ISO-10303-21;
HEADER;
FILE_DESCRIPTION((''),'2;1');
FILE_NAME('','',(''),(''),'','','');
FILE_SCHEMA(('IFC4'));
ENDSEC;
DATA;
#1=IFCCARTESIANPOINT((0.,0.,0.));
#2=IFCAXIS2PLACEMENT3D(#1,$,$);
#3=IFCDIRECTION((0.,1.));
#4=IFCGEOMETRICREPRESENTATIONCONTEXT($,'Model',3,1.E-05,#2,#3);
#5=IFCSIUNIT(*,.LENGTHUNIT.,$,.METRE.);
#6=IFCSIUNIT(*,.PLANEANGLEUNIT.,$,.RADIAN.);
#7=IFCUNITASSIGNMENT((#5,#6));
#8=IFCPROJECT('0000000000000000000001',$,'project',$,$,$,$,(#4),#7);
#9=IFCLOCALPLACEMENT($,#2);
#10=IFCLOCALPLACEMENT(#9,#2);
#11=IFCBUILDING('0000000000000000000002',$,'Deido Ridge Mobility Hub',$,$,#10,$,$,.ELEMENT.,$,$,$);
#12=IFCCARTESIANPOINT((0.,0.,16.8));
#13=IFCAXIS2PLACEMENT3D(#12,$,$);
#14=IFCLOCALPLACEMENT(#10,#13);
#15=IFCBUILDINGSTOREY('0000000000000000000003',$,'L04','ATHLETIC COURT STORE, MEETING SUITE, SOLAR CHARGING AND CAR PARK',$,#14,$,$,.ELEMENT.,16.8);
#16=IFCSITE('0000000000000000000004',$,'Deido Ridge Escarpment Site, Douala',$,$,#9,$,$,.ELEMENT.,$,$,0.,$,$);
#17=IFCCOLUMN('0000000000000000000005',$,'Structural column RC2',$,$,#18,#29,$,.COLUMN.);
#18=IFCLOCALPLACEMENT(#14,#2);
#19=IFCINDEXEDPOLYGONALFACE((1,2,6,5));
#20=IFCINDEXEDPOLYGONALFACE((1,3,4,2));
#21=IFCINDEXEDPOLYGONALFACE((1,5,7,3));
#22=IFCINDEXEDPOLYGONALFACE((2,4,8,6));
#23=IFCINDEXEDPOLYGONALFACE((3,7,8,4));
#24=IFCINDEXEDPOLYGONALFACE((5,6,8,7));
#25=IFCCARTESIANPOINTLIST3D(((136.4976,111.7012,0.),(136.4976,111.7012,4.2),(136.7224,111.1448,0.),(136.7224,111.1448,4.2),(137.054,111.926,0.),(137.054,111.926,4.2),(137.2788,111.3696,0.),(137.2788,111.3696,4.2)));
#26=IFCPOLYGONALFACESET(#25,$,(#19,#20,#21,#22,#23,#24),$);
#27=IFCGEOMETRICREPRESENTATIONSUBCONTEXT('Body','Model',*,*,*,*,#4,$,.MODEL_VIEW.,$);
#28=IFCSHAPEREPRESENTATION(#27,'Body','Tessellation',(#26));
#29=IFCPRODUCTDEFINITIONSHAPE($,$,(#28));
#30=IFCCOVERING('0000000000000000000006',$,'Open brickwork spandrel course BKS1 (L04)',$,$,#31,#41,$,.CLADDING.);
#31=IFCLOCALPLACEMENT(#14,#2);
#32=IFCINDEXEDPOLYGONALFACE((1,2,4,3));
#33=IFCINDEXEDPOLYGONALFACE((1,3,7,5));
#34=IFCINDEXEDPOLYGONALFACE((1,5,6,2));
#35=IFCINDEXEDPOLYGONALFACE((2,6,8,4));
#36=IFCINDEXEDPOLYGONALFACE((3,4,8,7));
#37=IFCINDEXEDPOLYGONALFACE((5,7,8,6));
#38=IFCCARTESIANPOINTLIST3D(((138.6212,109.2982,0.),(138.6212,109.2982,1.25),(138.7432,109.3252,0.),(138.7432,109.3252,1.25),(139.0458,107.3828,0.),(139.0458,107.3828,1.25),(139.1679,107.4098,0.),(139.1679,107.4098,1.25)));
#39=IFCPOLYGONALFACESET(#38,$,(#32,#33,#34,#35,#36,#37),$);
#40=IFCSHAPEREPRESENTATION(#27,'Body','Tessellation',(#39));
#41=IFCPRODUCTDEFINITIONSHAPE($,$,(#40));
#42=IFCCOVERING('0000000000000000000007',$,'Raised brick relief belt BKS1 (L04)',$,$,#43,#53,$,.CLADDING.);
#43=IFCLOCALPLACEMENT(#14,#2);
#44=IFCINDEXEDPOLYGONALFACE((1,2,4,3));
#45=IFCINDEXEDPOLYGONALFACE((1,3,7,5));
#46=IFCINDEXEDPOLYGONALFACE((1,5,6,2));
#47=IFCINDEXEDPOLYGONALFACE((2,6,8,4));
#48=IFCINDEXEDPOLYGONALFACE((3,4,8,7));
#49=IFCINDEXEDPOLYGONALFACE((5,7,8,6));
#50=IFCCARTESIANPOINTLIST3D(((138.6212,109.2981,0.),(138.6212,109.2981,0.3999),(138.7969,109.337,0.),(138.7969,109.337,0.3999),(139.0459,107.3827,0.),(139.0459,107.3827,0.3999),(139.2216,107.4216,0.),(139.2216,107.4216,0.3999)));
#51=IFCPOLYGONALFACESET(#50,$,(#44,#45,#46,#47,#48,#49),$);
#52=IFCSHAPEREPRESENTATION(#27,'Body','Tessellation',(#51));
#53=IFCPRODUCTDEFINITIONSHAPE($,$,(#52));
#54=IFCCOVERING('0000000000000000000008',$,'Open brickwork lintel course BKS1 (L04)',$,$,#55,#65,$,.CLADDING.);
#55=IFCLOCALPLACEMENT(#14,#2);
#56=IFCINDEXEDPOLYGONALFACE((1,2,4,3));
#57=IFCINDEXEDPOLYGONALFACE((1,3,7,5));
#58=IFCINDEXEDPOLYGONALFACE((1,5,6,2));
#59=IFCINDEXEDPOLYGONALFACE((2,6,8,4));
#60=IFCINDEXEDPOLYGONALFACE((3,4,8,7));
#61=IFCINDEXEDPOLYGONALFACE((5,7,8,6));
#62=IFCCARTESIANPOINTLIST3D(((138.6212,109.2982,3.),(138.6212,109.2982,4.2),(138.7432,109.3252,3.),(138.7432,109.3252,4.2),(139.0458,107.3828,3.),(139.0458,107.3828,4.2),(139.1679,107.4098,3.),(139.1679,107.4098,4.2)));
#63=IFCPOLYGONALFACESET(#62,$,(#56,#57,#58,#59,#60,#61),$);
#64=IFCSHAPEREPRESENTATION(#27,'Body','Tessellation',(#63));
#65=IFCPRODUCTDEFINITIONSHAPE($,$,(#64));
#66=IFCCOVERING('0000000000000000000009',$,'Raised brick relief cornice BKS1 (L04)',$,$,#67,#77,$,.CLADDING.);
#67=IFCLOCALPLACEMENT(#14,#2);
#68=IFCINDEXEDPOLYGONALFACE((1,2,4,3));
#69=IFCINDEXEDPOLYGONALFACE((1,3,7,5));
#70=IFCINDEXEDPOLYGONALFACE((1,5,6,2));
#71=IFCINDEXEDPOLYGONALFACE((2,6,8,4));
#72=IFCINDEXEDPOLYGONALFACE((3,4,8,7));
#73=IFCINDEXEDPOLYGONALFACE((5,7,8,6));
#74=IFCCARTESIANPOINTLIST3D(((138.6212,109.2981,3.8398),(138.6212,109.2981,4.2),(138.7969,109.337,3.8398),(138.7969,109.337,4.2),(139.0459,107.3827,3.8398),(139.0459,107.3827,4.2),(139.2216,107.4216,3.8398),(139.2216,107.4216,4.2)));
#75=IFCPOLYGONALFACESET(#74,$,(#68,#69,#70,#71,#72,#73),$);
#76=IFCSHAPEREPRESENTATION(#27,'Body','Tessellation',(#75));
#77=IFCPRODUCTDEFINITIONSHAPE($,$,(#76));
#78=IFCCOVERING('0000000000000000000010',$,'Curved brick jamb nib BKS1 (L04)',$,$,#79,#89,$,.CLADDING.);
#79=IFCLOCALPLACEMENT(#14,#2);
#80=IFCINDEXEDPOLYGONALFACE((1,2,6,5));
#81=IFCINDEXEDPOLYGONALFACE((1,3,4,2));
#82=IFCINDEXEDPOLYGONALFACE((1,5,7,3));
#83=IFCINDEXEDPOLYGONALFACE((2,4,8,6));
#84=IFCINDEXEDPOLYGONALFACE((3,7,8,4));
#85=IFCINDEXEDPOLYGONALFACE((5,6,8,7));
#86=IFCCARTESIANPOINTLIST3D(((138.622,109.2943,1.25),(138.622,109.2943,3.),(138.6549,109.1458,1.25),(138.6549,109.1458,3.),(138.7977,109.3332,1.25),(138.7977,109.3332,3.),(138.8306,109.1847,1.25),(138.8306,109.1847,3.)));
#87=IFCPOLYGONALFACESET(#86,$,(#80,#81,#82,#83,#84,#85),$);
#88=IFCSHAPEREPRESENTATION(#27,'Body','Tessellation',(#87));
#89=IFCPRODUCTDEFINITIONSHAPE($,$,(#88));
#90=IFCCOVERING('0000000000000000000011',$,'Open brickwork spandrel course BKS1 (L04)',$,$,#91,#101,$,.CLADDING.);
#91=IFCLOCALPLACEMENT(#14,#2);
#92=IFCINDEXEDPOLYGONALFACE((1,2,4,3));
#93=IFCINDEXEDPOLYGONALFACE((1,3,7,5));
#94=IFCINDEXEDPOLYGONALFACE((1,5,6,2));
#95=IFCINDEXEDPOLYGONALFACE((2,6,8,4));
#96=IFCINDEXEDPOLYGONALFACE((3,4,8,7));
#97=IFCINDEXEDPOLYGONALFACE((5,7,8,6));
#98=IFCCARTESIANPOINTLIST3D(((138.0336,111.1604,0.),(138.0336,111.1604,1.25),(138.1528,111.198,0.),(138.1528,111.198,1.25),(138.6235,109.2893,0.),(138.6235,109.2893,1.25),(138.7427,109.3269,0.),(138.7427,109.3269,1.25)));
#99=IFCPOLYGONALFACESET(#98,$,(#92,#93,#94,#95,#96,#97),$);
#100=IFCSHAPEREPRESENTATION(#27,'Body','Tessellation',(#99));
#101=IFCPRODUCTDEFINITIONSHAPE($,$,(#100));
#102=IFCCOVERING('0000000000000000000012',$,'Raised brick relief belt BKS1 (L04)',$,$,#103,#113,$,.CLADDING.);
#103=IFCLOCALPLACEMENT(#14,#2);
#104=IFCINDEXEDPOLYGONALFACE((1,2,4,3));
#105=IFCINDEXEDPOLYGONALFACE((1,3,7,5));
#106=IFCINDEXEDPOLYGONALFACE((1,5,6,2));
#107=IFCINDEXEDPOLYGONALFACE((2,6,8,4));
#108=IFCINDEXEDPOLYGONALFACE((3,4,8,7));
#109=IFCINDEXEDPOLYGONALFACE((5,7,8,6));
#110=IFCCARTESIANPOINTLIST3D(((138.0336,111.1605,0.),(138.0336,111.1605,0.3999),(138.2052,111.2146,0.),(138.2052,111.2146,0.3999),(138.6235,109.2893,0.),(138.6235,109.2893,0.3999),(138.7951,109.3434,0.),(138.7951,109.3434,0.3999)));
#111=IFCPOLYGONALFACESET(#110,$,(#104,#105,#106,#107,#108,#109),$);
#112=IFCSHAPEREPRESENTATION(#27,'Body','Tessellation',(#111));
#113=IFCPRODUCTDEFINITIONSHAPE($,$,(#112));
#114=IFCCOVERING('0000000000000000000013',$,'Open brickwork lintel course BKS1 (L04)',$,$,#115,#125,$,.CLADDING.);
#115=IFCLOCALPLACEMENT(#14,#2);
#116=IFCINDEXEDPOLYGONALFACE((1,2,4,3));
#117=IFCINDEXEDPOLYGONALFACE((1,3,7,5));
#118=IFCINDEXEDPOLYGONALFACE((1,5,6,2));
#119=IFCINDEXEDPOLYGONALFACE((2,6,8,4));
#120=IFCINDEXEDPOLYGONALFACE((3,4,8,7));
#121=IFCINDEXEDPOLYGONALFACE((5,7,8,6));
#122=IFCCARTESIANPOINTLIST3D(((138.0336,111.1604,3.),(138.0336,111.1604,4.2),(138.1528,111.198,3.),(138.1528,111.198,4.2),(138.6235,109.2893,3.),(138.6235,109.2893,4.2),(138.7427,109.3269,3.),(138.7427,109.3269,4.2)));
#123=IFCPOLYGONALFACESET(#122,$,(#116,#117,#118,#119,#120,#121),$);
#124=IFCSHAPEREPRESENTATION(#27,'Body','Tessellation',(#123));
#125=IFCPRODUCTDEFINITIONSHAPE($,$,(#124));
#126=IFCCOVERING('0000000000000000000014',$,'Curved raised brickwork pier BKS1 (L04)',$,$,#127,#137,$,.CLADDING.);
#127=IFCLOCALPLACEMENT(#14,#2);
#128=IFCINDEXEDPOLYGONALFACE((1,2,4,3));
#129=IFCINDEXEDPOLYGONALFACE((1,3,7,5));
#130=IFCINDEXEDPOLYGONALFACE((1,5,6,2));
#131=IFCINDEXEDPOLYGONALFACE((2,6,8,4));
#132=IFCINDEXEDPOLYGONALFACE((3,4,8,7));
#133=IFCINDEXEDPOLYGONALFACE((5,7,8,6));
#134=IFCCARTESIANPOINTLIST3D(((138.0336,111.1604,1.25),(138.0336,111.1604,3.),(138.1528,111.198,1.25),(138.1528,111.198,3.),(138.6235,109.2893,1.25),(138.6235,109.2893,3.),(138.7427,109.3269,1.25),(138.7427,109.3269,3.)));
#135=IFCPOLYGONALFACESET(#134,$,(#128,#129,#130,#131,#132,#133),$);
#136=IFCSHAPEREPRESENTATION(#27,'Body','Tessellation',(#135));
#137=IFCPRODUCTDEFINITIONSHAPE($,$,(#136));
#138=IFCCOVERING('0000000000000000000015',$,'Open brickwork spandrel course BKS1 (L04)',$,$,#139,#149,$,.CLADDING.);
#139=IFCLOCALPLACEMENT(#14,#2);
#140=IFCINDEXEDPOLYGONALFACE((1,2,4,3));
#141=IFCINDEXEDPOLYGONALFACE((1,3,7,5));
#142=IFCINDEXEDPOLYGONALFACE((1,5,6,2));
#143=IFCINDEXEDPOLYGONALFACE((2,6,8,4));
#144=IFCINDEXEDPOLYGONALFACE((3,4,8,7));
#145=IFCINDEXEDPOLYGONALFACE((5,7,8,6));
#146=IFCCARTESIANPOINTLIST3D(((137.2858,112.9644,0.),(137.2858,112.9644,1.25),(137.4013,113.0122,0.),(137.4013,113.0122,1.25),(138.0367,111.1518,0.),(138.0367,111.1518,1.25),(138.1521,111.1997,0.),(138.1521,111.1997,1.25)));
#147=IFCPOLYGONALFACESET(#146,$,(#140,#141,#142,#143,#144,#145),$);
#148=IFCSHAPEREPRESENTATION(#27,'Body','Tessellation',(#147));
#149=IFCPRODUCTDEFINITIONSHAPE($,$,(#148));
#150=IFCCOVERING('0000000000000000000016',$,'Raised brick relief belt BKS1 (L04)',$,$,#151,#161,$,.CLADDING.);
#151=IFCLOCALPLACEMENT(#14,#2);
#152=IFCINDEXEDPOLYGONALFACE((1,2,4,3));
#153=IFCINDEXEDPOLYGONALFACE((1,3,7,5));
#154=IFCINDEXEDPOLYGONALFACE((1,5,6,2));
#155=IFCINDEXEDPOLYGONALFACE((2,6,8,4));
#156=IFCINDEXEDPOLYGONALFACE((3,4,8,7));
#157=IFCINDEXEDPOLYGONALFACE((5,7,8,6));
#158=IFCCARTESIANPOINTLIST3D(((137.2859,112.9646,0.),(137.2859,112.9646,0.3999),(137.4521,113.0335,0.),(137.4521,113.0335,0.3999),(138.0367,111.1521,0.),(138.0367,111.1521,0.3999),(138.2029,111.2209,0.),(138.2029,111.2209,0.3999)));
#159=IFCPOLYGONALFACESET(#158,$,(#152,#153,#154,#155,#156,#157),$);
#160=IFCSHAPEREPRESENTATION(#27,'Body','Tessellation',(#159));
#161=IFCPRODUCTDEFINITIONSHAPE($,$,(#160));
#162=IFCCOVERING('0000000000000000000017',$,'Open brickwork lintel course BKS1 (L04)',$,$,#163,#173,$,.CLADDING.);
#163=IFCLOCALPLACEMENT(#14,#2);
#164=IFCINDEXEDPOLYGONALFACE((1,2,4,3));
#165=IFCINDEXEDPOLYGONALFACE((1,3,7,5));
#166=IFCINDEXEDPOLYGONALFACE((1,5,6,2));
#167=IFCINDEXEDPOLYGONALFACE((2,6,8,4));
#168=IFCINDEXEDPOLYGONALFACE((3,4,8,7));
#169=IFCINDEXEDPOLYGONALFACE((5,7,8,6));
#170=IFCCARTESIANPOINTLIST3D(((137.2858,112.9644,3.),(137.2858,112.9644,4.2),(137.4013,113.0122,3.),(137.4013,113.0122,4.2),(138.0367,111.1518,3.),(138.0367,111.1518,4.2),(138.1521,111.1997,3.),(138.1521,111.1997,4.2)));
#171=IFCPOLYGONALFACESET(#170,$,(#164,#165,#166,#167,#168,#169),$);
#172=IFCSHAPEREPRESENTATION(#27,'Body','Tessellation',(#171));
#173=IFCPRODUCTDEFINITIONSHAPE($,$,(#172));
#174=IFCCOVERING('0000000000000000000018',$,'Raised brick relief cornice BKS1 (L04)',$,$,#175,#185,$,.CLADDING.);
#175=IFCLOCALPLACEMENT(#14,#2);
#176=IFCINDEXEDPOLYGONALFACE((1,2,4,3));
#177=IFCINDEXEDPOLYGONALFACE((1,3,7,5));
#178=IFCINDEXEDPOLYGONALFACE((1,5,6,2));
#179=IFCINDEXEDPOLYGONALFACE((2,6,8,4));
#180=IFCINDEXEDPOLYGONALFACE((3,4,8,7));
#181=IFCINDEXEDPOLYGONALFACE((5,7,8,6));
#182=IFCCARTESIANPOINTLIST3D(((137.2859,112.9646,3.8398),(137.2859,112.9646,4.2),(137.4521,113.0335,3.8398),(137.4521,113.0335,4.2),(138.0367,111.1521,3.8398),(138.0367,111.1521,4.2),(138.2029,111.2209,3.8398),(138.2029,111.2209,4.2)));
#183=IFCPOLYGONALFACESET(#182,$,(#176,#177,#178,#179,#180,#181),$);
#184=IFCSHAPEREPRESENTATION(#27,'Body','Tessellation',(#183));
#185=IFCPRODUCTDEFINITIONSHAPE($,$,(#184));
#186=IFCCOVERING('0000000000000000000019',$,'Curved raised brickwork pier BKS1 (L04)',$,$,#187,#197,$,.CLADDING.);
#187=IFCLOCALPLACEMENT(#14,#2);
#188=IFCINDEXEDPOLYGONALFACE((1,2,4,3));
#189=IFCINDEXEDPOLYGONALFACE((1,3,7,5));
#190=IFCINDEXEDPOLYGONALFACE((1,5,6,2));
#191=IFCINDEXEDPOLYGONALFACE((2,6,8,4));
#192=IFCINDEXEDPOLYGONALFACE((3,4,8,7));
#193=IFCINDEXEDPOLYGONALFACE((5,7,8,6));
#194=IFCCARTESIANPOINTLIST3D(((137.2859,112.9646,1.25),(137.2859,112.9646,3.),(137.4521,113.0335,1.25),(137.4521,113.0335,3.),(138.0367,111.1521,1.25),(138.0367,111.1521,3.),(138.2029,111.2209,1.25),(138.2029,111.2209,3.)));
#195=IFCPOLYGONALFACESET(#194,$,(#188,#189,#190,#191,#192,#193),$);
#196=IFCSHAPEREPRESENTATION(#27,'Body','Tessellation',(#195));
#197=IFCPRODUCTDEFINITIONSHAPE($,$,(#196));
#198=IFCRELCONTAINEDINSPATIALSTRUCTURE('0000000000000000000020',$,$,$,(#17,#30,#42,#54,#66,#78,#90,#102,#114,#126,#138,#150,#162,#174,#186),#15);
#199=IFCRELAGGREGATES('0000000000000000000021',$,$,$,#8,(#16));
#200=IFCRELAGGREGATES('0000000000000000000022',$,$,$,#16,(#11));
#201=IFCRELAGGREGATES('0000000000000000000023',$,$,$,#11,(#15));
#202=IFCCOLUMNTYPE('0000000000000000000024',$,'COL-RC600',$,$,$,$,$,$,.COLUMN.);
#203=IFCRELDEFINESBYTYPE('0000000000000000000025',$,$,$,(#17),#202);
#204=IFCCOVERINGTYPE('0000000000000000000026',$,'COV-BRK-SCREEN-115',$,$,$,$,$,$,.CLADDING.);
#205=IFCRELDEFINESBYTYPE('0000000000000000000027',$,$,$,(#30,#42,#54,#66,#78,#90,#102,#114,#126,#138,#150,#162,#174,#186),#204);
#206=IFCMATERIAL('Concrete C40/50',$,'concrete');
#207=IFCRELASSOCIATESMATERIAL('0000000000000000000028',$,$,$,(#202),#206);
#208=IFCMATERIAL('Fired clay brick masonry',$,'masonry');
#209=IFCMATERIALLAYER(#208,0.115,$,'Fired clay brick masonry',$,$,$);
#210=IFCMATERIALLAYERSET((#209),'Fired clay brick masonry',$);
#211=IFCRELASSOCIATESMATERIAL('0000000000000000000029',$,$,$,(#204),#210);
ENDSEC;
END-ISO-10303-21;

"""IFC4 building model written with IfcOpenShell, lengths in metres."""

from ifc_helpers import new_model, si_unit, direction, frame, origin, origin_2d, place, context, subcontext, project, spatial, rectangle, extrude, material, layer, layer_set, material_profile, profile_set, type_object, element, save


model = new_model("IFC4")

# Units and contexts
model_context = context("Model", 3, precision=1e-05, world=origin(), true_north=direction((0.0, 1.0)))
body_context = subcontext(model_context, "Body", "Model", "MODEL_VIEW")
ifc_project = project(units=[si_unit("LENGTHUNIT", "METRE"), si_unit("PLANEANGLEUNIT", "RADIAN")], contexts=[model_context])

# Site, building, storey
site_placement = place(None, origin())
site = spatial("IfcSite", under=ifc_project, at=site_placement, Name="Deido Ridge Escarpment Site, Douala", CompositionType="ELEMENT", RefElevation=0.0)
building_placement = place(site_placement, origin())
building = spatial("IfcBuilding", under=site, at=building_placement, Name="Deido Ridge Mobility Hub", CompositionType="ELEMENT")
storey_placement = place(building_placement, frame((0.0, 0.0, 16.8)))
storey = spatial("IfcBuildingStorey", under=building, at=storey_placement, Name="L04", Description="ATHLETIC COURT STORE, MEETING SUITE, SOLAR CHARGING AND CAR PARK", CompositionType="ELEMENT", Elevation=16.8)

# Column
ifc_material_1 = material(Name="Concrete C40/50", Category="concrete")
ifc_material_profile = material_profile(ifc_material_1, rectangle(XDim=0.6001, YDim=0.6001, at=origin_2d()), Name="RC COL 600x600")
ifc_profile_set = profile_set([ifc_material_profile], Name="Concrete C40/50")
column_type = type_object("IfcColumnType", Name="COL-RC600", PredefinedType="COLUMN", material=ifc_profile_set)
column_placement = place(storey_placement, frame((136.8882, 111.5354, 0.0), z_axis=(0.0, 0.0, 1.0), x_axis=(0.927184, 0.374607, 0.0)))
element("IfcColumn", 1, at=column_placement, inside=storey, type_object=column_type, Name="Structural column RC2", PredefinedType="COLUMN", context=body_context, shape_type="SweptSolid", body=[
    extrude(rectangle(XDim=0.6001, YDim=0.6001, at=origin_2d()), origin(), (0.0, 0.0, 1.0), 4.2),
])

# Coverings
ifc_material_2 = material(Name="Fired clay brick masonry", Category="masonry")
ifc_layer = layer(ifc_material_2, 0.115, Name="Fired clay brick masonry")
ifc_layer_set = layer_set([ifc_layer], Name="Fired clay brick masonry")
covering_type = type_object("IfcCoveringType", Name="COV-BRK-SCREEN-115", PredefinedType="CLADDING", material=ifc_layer_set)
covering_1_placement = place(storey_placement, frame((138.8945, 108.354, 0.0), z_axis=(0.0, 0.0, 1.0), x_axis=(-0.216457, 0.976292, 0.0)))
element("IfcCovering", 2, at=covering_1_placement, inside=storey, type_object=covering_type, Name="Open brickwork spandrel course BKS1 (L04)", PredefinedType="CLADDING", context=body_context, shape_type="SweptSolid", body=[
    extrude(rectangle(XDim=1.9619, YDim=0.125, at=origin_2d()), origin(), (0.0, 0.0, 1.0), 1.25),
])
covering_2_placement = place(storey_placement, frame((138.9214, 108.3599, 0.0), z_axis=(0.0, 0.0, 1.0), x_axis=(-0.216457, 0.976292, 0.0)))
element("IfcCovering", 3, at=covering_2_placement, inside=storey, type_object=covering_type, Name="Raised brick relief belt BKS1 (L04)", PredefinedType="CLADDING", context=body_context, shape_type="SweptSolid", body=[
    extrude(rectangle(XDim=1.9619, YDim=0.1799, at=origin_2d()), origin(), (0.0, 0.0, 1.0), 0.3999),
])
covering_3_placement = place(storey_placement, frame((138.8945, 108.354, 3.0), z_axis=(0.0, 0.0, 1.0), x_axis=(-0.216457, 0.976292, 0.0)))
element("IfcCovering", 4, at=covering_3_placement, inside=storey, type_object=covering_type, Name="Open brickwork lintel course BKS1 (L04)", PredefinedType="CLADDING", context=body_context, shape_type="SweptSolid", body=[
    extrude(rectangle(XDim=1.9619, YDim=0.125, at=origin_2d()), origin(), (0.0, 0.0, 1.0), 1.2),
])
covering_4_placement = place(storey_placement, frame((138.9214, 108.3599, 3.8398), z_axis=(0.0, 0.0, 1.0), x_axis=(-0.216457, 0.976292, 0.0)))
element("IfcCovering", 5, at=covering_4_placement, inside=storey, type_object=covering_type, Name="Raised brick relief cornice BKS1 (L04)", PredefinedType="CLADDING", context=body_context, shape_type="SweptSolid", body=[
    extrude(rectangle(XDim=1.9619, YDim=0.1799, at=origin_2d()), origin(), (0.0, 0.0, 1.0), 0.3601),
])
covering_5_placement = place(storey_placement, frame((138.7263, 109.2395, 1.25), z_axis=(0.0, 0.0, 1.0), x_axis=(-0.216457, 0.976292, 0.0)))
element("IfcCovering", 6, at=covering_5_placement, inside=storey, type_object=covering_type, Name="Curved brick jamb nib BKS1 (L04)", PredefinedType="CLADDING", context=body_context, shape_type="SweptSolid", body=[
    extrude(rectangle(XDim=0.1521, YDim=0.1799, at=origin_2d()), origin(), (0.0, 0.0, 1.0), 1.75),
])
covering_6_placement = place(storey_placement, frame((138.3882, 110.2437, 0.0), z_axis=(0.0, 0.0, 1.0), x_axis=(-0.300673, 0.953727, 0.0)))
element("IfcCovering", 7, at=covering_6_placement, inside=storey, type_object=covering_type, Name="Open brickwork spandrel course BKS1 (L04)", PredefinedType="CLADDING", context=body_context, shape_type="SweptSolid", body=[
    extrude(rectangle(XDim=1.9619, YDim=0.125, at=origin_2d()), origin(), (0.0, 0.0, 1.0), 1.25),
])
covering_7_placement = place(storey_placement, frame((138.4143, 110.252, 0.0), z_axis=(0.0, 0.0, 1.0), x_axis=(-0.300673, 0.953727, 0.0)))
element("IfcCovering", 8, at=covering_7_placement, inside=storey, type_object=covering_type, Name="Raised brick relief belt BKS1 (L04)", PredefinedType="CLADDING", context=body_context, shape_type="SweptSolid", body=[
    extrude(rectangle(XDim=1.9619, YDim=0.1799, at=origin_2d()), origin(), (0.0, 0.0, 1.0), 0.3999),
])
covering_8_placement = place(storey_placement, frame((138.3882, 110.2437, 3.0), z_axis=(0.0, 0.0, 1.0), x_axis=(-0.300673, 0.953727, 0.0)))
element("IfcCovering", 9, at=covering_8_placement, inside=storey, type_object=covering_type, Name="Open brickwork lintel course BKS1 (L04)", PredefinedType="CLADDING", context=body_context, shape_type="SweptSolid", body=[
    extrude(rectangle(XDim=1.9619, YDim=0.125, at=origin_2d()), origin(), (0.0, 0.0, 1.0), 1.2),
])
covering_9_placement = place(storey_placement, frame((138.3882, 110.2437, 1.25), z_axis=(0.0, 0.0, 1.0), x_axis=(-0.300673, 0.953727, 0.0)))
element("IfcCovering", 10, at=covering_9_placement, inside=storey, type_object=covering_type, Name="Curved raised brickwork pier BKS1 (L04)", PredefinedType="CLADDING", context=body_context, shape_type="SweptSolid", body=[
    extrude(rectangle(XDim=1.9619, YDim=0.125, at=origin_2d()), origin(), (0.0, 0.0, 1.0), 1.75),
])
covering_10_placement = place(storey_placement, frame((137.719, 112.082, 0.0), z_axis=(0.0, 0.0, 1.0), x_axis=(-0.3827, 0.923873, 0.0)))
element("IfcCovering", 11, at=covering_10_placement, inside=storey, type_object=covering_type, Name="Open brickwork spandrel course BKS1 (L04)", PredefinedType="CLADDING", context=body_context, shape_type="SweptSolid", body=[
    extrude(rectangle(XDim=1.9619, YDim=0.125, at=origin_2d()), origin(), (0.0, 0.0, 1.0), 1.25),
])
covering_11_placement = place(storey_placement, frame((137.7444, 112.0928, 0.0), z_axis=(0.0, 0.0, 1.0), x_axis=(-0.3827, 0.923873, 0.0)))
element("IfcCovering", 12, at=covering_11_placement, inside=storey, type_object=covering_type, Name="Raised brick relief belt BKS1 (L04)", PredefinedType="CLADDING", context=body_context, shape_type="SweptSolid", body=[
    extrude(rectangle(XDim=1.9619, YDim=0.1799, at=origin_2d()), origin(), (0.0, 0.0, 1.0), 0.3999),
])
covering_12_placement = place(storey_placement, frame((137.719, 112.082, 3.0), z_axis=(0.0, 0.0, 1.0), x_axis=(-0.3827, 0.923873, 0.0)))
element("IfcCovering", 13, at=covering_12_placement, inside=storey, type_object=covering_type, Name="Open brickwork lintel course BKS1 (L04)", PredefinedType="CLADDING", context=body_context, shape_type="SweptSolid", body=[
    extrude(rectangle(XDim=1.9619, YDim=0.125, at=origin_2d()), origin(), (0.0, 0.0, 1.0), 1.2),
])
covering_13_placement = place(storey_placement, frame((137.7444, 112.0928, 3.8398), z_axis=(0.0, 0.0, 1.0), x_axis=(-0.3827, 0.923873, 0.0)))
element("IfcCovering", 14, at=covering_13_placement, inside=storey, type_object=covering_type, Name="Raised brick relief cornice BKS1 (L04)", PredefinedType="CLADDING", context=body_context, shape_type="SweptSolid", body=[
    extrude(rectangle(XDim=1.9619, YDim=0.1799, at=origin_2d()), origin(), (0.0, 0.0, 1.0), 0.3601),
])
covering_14_placement = place(storey_placement, frame((137.7444, 112.0928, 1.25), z_axis=(0.0, 0.0, 1.0), x_axis=(-0.3827, 0.923873, 0.0)))
element("IfcCovering", 15, at=covering_14_placement, inside=storey, type_object=covering_type, Name="Curved raised brickwork pier BKS1 (L04)", PredefinedType="CLADDING", context=body_context, shape_type="SweptSolid", body=[
    extrude(rectangle(XDim=1.9619, YDim=0.1799, at=origin_2d()), origin(), (0.0, 0.0, 1.0), 1.75),
])

save(model, "model.ifc")
